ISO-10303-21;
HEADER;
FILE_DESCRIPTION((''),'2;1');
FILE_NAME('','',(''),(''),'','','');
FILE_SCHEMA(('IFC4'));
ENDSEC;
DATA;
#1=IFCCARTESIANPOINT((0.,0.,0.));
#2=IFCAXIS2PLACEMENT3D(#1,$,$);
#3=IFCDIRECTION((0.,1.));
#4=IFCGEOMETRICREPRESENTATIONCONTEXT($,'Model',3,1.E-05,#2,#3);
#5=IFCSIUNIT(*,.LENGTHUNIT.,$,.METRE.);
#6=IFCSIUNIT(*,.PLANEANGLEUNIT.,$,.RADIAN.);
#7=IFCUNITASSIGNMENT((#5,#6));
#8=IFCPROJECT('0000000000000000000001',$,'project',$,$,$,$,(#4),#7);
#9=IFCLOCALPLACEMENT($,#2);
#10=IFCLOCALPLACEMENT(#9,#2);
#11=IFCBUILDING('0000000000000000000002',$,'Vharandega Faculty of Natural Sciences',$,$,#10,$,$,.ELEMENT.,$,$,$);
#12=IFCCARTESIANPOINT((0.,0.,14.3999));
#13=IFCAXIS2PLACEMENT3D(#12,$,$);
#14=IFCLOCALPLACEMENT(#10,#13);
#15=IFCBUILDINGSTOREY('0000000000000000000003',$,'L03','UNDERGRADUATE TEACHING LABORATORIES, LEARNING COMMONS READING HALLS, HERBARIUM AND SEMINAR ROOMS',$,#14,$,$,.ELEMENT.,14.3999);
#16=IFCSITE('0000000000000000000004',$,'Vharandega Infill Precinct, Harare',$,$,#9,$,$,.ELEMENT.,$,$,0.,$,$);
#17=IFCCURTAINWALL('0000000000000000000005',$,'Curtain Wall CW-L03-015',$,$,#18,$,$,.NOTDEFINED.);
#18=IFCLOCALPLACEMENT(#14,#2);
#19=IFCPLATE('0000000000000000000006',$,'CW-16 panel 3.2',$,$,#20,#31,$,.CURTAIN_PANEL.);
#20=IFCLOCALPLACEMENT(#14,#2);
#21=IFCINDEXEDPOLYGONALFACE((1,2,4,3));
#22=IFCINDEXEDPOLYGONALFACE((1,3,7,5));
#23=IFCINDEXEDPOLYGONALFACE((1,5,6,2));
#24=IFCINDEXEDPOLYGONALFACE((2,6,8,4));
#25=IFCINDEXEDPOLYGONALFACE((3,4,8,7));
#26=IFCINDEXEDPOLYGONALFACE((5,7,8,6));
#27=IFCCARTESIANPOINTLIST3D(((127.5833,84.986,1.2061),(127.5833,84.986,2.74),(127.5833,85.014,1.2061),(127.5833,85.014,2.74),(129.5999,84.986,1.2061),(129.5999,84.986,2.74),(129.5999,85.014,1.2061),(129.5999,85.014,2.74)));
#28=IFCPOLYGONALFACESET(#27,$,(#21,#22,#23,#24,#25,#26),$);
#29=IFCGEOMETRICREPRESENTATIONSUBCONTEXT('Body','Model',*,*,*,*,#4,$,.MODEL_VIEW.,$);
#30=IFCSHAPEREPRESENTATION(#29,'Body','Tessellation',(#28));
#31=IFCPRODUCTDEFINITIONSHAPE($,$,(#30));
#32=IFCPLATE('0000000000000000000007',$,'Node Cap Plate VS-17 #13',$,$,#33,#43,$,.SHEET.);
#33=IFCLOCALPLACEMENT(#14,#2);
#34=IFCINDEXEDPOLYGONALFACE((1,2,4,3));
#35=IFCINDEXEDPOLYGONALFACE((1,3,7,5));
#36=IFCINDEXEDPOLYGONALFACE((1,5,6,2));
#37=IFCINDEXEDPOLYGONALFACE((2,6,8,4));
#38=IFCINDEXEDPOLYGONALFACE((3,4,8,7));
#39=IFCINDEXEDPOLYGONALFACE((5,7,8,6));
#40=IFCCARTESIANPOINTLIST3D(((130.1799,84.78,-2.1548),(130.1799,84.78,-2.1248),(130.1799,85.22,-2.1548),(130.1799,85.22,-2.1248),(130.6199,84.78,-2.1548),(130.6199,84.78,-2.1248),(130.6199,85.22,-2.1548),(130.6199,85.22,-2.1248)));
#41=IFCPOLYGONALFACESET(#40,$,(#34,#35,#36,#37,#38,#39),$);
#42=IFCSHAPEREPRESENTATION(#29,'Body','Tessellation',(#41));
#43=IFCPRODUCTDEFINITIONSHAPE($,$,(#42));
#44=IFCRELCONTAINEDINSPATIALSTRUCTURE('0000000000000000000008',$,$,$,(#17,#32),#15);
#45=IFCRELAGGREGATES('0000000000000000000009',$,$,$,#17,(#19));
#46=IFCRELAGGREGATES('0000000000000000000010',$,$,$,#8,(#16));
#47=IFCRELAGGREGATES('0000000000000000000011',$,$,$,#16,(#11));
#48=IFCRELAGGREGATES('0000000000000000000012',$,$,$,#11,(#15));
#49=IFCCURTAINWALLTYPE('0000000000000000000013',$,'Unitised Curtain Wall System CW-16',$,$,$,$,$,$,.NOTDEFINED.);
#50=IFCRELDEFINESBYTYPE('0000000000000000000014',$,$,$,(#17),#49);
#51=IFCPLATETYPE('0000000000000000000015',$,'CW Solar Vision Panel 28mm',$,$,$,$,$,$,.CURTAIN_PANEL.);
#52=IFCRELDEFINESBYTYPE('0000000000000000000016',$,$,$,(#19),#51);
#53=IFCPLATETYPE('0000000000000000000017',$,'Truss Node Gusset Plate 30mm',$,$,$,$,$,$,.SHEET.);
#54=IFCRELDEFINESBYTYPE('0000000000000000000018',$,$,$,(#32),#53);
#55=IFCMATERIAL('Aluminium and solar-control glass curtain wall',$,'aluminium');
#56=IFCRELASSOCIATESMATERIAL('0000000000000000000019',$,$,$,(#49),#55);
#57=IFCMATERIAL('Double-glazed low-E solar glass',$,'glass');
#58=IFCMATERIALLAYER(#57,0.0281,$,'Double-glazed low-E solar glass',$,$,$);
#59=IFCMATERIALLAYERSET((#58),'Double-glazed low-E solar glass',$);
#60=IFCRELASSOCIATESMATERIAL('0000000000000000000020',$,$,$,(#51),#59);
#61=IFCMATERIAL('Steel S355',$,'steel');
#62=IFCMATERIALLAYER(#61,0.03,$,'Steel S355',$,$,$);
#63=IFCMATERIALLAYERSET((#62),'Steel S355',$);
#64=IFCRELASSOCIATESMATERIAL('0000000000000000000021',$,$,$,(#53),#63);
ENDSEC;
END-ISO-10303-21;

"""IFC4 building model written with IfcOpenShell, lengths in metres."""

from ifc_helpers import new_model, si_unit, direction, frame, origin, origin_2d, place, context, subcontext, project, spatial, rectangle, extrude, material, layer, layer_set, type_object, element, aggregate, save


model = new_model("IFC4")

# Units and contexts
model_context = context("Model", 3, precision=1e-05, world=origin(), true_north=direction((0.0, 1.0)))
body_context = subcontext(model_context, "Body", "Model", "MODEL_VIEW")
ifc_project = project(units=[si_unit("LENGTHUNIT", "METRE"), si_unit("PLANEANGLEUNIT", "RADIAN")], contexts=[model_context])

# Site, building, storey
site_placement = place(None, origin())
site = spatial("IfcSite", under=ifc_project, at=site_placement, Name="Vharandega Infill Precinct, Harare", CompositionType="ELEMENT", RefElevation=0.0)
building_placement = place(site_placement, origin())
building = spatial("IfcBuilding", under=site, at=building_placement, Name="Vharandega Faculty of Natural Sciences", CompositionType="ELEMENT")
storey_placement = place(building_placement, frame((0.0, 0.0, 14.3999)))
storey = spatial("IfcBuildingStorey", under=building, at=storey_placement, Name="L03", Description="UNDERGRADUATE TEACHING LABORATORIES, LEARNING COMMONS READING HALLS, HERBARIUM AND SEMINAR ROOMS", CompositionType="ELEMENT", Elevation=14.3999)

# Curtain wall
ifc_material_1 = material(Name="Aluminium and solar-control glass curtain wall", Category="aluminium")
curtain_wall_type_1 = type_object("IfcCurtainWallType", Name="Unitised Curtain Wall System CW-16", PredefinedType="NOTDEFINED", material=ifc_material_1)
curtain_wall_1_placement = place(storey_placement, origin())
curtain_wall_1 = element("IfcCurtainWall", 1, at=curtain_wall_1_placement, inside=storey, type_object=curtain_wall_type_1, Name="Curtain Wall CW-L03-015", PredefinedType="NOTDEFINED")

# Plates
ifc_material_2 = material(Name="Double-glazed low-E solar glass", Category="glass")
ifc_layer_1 = layer(ifc_material_2, 0.0281, Name="Double-glazed low-E solar glass")
ifc_layer_set_1 = layer_set([ifc_layer_1], Name="Double-glazed low-E solar glass")
plate_type_1 = type_object("IfcPlateType", Name="CW Solar Vision Panel 28mm", PredefinedType="CURTAIN_PANEL", material=ifc_layer_set_1)
plate_1_placement = place(storey_placement, frame((128.5916, 85.0, 1.2061), z_axis=(0.0, 0.0, 1.0), x_axis=(1.0, 0.0, 0.0)))
plate_1 = element("IfcPlate", 2, at=plate_1_placement, type_object=plate_type_1, Name="CW-16 panel 3.2", PredefinedType="CURTAIN_PANEL", context=body_context, shape_type="SweptSolid", body=[
    extrude(rectangle(XDim=2.0166, YDim=0.0281, at=origin_2d()), origin(), (0.0, 0.0, 1.0), 1.5339),
])
aggregate(curtain_wall_1, [plate_1])
ifc_material_3 = material(Name="Steel S355", Category="steel")
ifc_layer_2 = layer(ifc_material_3, 0.03, Name="Steel S355")
ifc_layer_set_2 = layer_set([ifc_layer_2], Name="Steel S355")
plate_type_2 = type_object("IfcPlateType", Name="Truss Node Gusset Plate 30mm", PredefinedType="SHEET", material=ifc_layer_set_2)
plate_2_placement = place(storey_placement, frame((130.3999, 85.0, -2.1548), z_axis=(0.0, 0.0, 1.0), x_axis=(1.0, 0.0, 0.0)))
element("IfcPlate", 3, at=plate_2_placement, inside=storey, type_object=plate_type_2, Name="Node Cap Plate VS-17 #13", PredefinedType="SHEET", context=body_context, shape_type="SweptSolid", body=[
    extrude(rectangle(XDim=0.4399, YDim=0.4399, at=origin_2d()), origin(), (0.0, 0.0, 1.0), 0.03),
])

save(model, "model.ifc")
